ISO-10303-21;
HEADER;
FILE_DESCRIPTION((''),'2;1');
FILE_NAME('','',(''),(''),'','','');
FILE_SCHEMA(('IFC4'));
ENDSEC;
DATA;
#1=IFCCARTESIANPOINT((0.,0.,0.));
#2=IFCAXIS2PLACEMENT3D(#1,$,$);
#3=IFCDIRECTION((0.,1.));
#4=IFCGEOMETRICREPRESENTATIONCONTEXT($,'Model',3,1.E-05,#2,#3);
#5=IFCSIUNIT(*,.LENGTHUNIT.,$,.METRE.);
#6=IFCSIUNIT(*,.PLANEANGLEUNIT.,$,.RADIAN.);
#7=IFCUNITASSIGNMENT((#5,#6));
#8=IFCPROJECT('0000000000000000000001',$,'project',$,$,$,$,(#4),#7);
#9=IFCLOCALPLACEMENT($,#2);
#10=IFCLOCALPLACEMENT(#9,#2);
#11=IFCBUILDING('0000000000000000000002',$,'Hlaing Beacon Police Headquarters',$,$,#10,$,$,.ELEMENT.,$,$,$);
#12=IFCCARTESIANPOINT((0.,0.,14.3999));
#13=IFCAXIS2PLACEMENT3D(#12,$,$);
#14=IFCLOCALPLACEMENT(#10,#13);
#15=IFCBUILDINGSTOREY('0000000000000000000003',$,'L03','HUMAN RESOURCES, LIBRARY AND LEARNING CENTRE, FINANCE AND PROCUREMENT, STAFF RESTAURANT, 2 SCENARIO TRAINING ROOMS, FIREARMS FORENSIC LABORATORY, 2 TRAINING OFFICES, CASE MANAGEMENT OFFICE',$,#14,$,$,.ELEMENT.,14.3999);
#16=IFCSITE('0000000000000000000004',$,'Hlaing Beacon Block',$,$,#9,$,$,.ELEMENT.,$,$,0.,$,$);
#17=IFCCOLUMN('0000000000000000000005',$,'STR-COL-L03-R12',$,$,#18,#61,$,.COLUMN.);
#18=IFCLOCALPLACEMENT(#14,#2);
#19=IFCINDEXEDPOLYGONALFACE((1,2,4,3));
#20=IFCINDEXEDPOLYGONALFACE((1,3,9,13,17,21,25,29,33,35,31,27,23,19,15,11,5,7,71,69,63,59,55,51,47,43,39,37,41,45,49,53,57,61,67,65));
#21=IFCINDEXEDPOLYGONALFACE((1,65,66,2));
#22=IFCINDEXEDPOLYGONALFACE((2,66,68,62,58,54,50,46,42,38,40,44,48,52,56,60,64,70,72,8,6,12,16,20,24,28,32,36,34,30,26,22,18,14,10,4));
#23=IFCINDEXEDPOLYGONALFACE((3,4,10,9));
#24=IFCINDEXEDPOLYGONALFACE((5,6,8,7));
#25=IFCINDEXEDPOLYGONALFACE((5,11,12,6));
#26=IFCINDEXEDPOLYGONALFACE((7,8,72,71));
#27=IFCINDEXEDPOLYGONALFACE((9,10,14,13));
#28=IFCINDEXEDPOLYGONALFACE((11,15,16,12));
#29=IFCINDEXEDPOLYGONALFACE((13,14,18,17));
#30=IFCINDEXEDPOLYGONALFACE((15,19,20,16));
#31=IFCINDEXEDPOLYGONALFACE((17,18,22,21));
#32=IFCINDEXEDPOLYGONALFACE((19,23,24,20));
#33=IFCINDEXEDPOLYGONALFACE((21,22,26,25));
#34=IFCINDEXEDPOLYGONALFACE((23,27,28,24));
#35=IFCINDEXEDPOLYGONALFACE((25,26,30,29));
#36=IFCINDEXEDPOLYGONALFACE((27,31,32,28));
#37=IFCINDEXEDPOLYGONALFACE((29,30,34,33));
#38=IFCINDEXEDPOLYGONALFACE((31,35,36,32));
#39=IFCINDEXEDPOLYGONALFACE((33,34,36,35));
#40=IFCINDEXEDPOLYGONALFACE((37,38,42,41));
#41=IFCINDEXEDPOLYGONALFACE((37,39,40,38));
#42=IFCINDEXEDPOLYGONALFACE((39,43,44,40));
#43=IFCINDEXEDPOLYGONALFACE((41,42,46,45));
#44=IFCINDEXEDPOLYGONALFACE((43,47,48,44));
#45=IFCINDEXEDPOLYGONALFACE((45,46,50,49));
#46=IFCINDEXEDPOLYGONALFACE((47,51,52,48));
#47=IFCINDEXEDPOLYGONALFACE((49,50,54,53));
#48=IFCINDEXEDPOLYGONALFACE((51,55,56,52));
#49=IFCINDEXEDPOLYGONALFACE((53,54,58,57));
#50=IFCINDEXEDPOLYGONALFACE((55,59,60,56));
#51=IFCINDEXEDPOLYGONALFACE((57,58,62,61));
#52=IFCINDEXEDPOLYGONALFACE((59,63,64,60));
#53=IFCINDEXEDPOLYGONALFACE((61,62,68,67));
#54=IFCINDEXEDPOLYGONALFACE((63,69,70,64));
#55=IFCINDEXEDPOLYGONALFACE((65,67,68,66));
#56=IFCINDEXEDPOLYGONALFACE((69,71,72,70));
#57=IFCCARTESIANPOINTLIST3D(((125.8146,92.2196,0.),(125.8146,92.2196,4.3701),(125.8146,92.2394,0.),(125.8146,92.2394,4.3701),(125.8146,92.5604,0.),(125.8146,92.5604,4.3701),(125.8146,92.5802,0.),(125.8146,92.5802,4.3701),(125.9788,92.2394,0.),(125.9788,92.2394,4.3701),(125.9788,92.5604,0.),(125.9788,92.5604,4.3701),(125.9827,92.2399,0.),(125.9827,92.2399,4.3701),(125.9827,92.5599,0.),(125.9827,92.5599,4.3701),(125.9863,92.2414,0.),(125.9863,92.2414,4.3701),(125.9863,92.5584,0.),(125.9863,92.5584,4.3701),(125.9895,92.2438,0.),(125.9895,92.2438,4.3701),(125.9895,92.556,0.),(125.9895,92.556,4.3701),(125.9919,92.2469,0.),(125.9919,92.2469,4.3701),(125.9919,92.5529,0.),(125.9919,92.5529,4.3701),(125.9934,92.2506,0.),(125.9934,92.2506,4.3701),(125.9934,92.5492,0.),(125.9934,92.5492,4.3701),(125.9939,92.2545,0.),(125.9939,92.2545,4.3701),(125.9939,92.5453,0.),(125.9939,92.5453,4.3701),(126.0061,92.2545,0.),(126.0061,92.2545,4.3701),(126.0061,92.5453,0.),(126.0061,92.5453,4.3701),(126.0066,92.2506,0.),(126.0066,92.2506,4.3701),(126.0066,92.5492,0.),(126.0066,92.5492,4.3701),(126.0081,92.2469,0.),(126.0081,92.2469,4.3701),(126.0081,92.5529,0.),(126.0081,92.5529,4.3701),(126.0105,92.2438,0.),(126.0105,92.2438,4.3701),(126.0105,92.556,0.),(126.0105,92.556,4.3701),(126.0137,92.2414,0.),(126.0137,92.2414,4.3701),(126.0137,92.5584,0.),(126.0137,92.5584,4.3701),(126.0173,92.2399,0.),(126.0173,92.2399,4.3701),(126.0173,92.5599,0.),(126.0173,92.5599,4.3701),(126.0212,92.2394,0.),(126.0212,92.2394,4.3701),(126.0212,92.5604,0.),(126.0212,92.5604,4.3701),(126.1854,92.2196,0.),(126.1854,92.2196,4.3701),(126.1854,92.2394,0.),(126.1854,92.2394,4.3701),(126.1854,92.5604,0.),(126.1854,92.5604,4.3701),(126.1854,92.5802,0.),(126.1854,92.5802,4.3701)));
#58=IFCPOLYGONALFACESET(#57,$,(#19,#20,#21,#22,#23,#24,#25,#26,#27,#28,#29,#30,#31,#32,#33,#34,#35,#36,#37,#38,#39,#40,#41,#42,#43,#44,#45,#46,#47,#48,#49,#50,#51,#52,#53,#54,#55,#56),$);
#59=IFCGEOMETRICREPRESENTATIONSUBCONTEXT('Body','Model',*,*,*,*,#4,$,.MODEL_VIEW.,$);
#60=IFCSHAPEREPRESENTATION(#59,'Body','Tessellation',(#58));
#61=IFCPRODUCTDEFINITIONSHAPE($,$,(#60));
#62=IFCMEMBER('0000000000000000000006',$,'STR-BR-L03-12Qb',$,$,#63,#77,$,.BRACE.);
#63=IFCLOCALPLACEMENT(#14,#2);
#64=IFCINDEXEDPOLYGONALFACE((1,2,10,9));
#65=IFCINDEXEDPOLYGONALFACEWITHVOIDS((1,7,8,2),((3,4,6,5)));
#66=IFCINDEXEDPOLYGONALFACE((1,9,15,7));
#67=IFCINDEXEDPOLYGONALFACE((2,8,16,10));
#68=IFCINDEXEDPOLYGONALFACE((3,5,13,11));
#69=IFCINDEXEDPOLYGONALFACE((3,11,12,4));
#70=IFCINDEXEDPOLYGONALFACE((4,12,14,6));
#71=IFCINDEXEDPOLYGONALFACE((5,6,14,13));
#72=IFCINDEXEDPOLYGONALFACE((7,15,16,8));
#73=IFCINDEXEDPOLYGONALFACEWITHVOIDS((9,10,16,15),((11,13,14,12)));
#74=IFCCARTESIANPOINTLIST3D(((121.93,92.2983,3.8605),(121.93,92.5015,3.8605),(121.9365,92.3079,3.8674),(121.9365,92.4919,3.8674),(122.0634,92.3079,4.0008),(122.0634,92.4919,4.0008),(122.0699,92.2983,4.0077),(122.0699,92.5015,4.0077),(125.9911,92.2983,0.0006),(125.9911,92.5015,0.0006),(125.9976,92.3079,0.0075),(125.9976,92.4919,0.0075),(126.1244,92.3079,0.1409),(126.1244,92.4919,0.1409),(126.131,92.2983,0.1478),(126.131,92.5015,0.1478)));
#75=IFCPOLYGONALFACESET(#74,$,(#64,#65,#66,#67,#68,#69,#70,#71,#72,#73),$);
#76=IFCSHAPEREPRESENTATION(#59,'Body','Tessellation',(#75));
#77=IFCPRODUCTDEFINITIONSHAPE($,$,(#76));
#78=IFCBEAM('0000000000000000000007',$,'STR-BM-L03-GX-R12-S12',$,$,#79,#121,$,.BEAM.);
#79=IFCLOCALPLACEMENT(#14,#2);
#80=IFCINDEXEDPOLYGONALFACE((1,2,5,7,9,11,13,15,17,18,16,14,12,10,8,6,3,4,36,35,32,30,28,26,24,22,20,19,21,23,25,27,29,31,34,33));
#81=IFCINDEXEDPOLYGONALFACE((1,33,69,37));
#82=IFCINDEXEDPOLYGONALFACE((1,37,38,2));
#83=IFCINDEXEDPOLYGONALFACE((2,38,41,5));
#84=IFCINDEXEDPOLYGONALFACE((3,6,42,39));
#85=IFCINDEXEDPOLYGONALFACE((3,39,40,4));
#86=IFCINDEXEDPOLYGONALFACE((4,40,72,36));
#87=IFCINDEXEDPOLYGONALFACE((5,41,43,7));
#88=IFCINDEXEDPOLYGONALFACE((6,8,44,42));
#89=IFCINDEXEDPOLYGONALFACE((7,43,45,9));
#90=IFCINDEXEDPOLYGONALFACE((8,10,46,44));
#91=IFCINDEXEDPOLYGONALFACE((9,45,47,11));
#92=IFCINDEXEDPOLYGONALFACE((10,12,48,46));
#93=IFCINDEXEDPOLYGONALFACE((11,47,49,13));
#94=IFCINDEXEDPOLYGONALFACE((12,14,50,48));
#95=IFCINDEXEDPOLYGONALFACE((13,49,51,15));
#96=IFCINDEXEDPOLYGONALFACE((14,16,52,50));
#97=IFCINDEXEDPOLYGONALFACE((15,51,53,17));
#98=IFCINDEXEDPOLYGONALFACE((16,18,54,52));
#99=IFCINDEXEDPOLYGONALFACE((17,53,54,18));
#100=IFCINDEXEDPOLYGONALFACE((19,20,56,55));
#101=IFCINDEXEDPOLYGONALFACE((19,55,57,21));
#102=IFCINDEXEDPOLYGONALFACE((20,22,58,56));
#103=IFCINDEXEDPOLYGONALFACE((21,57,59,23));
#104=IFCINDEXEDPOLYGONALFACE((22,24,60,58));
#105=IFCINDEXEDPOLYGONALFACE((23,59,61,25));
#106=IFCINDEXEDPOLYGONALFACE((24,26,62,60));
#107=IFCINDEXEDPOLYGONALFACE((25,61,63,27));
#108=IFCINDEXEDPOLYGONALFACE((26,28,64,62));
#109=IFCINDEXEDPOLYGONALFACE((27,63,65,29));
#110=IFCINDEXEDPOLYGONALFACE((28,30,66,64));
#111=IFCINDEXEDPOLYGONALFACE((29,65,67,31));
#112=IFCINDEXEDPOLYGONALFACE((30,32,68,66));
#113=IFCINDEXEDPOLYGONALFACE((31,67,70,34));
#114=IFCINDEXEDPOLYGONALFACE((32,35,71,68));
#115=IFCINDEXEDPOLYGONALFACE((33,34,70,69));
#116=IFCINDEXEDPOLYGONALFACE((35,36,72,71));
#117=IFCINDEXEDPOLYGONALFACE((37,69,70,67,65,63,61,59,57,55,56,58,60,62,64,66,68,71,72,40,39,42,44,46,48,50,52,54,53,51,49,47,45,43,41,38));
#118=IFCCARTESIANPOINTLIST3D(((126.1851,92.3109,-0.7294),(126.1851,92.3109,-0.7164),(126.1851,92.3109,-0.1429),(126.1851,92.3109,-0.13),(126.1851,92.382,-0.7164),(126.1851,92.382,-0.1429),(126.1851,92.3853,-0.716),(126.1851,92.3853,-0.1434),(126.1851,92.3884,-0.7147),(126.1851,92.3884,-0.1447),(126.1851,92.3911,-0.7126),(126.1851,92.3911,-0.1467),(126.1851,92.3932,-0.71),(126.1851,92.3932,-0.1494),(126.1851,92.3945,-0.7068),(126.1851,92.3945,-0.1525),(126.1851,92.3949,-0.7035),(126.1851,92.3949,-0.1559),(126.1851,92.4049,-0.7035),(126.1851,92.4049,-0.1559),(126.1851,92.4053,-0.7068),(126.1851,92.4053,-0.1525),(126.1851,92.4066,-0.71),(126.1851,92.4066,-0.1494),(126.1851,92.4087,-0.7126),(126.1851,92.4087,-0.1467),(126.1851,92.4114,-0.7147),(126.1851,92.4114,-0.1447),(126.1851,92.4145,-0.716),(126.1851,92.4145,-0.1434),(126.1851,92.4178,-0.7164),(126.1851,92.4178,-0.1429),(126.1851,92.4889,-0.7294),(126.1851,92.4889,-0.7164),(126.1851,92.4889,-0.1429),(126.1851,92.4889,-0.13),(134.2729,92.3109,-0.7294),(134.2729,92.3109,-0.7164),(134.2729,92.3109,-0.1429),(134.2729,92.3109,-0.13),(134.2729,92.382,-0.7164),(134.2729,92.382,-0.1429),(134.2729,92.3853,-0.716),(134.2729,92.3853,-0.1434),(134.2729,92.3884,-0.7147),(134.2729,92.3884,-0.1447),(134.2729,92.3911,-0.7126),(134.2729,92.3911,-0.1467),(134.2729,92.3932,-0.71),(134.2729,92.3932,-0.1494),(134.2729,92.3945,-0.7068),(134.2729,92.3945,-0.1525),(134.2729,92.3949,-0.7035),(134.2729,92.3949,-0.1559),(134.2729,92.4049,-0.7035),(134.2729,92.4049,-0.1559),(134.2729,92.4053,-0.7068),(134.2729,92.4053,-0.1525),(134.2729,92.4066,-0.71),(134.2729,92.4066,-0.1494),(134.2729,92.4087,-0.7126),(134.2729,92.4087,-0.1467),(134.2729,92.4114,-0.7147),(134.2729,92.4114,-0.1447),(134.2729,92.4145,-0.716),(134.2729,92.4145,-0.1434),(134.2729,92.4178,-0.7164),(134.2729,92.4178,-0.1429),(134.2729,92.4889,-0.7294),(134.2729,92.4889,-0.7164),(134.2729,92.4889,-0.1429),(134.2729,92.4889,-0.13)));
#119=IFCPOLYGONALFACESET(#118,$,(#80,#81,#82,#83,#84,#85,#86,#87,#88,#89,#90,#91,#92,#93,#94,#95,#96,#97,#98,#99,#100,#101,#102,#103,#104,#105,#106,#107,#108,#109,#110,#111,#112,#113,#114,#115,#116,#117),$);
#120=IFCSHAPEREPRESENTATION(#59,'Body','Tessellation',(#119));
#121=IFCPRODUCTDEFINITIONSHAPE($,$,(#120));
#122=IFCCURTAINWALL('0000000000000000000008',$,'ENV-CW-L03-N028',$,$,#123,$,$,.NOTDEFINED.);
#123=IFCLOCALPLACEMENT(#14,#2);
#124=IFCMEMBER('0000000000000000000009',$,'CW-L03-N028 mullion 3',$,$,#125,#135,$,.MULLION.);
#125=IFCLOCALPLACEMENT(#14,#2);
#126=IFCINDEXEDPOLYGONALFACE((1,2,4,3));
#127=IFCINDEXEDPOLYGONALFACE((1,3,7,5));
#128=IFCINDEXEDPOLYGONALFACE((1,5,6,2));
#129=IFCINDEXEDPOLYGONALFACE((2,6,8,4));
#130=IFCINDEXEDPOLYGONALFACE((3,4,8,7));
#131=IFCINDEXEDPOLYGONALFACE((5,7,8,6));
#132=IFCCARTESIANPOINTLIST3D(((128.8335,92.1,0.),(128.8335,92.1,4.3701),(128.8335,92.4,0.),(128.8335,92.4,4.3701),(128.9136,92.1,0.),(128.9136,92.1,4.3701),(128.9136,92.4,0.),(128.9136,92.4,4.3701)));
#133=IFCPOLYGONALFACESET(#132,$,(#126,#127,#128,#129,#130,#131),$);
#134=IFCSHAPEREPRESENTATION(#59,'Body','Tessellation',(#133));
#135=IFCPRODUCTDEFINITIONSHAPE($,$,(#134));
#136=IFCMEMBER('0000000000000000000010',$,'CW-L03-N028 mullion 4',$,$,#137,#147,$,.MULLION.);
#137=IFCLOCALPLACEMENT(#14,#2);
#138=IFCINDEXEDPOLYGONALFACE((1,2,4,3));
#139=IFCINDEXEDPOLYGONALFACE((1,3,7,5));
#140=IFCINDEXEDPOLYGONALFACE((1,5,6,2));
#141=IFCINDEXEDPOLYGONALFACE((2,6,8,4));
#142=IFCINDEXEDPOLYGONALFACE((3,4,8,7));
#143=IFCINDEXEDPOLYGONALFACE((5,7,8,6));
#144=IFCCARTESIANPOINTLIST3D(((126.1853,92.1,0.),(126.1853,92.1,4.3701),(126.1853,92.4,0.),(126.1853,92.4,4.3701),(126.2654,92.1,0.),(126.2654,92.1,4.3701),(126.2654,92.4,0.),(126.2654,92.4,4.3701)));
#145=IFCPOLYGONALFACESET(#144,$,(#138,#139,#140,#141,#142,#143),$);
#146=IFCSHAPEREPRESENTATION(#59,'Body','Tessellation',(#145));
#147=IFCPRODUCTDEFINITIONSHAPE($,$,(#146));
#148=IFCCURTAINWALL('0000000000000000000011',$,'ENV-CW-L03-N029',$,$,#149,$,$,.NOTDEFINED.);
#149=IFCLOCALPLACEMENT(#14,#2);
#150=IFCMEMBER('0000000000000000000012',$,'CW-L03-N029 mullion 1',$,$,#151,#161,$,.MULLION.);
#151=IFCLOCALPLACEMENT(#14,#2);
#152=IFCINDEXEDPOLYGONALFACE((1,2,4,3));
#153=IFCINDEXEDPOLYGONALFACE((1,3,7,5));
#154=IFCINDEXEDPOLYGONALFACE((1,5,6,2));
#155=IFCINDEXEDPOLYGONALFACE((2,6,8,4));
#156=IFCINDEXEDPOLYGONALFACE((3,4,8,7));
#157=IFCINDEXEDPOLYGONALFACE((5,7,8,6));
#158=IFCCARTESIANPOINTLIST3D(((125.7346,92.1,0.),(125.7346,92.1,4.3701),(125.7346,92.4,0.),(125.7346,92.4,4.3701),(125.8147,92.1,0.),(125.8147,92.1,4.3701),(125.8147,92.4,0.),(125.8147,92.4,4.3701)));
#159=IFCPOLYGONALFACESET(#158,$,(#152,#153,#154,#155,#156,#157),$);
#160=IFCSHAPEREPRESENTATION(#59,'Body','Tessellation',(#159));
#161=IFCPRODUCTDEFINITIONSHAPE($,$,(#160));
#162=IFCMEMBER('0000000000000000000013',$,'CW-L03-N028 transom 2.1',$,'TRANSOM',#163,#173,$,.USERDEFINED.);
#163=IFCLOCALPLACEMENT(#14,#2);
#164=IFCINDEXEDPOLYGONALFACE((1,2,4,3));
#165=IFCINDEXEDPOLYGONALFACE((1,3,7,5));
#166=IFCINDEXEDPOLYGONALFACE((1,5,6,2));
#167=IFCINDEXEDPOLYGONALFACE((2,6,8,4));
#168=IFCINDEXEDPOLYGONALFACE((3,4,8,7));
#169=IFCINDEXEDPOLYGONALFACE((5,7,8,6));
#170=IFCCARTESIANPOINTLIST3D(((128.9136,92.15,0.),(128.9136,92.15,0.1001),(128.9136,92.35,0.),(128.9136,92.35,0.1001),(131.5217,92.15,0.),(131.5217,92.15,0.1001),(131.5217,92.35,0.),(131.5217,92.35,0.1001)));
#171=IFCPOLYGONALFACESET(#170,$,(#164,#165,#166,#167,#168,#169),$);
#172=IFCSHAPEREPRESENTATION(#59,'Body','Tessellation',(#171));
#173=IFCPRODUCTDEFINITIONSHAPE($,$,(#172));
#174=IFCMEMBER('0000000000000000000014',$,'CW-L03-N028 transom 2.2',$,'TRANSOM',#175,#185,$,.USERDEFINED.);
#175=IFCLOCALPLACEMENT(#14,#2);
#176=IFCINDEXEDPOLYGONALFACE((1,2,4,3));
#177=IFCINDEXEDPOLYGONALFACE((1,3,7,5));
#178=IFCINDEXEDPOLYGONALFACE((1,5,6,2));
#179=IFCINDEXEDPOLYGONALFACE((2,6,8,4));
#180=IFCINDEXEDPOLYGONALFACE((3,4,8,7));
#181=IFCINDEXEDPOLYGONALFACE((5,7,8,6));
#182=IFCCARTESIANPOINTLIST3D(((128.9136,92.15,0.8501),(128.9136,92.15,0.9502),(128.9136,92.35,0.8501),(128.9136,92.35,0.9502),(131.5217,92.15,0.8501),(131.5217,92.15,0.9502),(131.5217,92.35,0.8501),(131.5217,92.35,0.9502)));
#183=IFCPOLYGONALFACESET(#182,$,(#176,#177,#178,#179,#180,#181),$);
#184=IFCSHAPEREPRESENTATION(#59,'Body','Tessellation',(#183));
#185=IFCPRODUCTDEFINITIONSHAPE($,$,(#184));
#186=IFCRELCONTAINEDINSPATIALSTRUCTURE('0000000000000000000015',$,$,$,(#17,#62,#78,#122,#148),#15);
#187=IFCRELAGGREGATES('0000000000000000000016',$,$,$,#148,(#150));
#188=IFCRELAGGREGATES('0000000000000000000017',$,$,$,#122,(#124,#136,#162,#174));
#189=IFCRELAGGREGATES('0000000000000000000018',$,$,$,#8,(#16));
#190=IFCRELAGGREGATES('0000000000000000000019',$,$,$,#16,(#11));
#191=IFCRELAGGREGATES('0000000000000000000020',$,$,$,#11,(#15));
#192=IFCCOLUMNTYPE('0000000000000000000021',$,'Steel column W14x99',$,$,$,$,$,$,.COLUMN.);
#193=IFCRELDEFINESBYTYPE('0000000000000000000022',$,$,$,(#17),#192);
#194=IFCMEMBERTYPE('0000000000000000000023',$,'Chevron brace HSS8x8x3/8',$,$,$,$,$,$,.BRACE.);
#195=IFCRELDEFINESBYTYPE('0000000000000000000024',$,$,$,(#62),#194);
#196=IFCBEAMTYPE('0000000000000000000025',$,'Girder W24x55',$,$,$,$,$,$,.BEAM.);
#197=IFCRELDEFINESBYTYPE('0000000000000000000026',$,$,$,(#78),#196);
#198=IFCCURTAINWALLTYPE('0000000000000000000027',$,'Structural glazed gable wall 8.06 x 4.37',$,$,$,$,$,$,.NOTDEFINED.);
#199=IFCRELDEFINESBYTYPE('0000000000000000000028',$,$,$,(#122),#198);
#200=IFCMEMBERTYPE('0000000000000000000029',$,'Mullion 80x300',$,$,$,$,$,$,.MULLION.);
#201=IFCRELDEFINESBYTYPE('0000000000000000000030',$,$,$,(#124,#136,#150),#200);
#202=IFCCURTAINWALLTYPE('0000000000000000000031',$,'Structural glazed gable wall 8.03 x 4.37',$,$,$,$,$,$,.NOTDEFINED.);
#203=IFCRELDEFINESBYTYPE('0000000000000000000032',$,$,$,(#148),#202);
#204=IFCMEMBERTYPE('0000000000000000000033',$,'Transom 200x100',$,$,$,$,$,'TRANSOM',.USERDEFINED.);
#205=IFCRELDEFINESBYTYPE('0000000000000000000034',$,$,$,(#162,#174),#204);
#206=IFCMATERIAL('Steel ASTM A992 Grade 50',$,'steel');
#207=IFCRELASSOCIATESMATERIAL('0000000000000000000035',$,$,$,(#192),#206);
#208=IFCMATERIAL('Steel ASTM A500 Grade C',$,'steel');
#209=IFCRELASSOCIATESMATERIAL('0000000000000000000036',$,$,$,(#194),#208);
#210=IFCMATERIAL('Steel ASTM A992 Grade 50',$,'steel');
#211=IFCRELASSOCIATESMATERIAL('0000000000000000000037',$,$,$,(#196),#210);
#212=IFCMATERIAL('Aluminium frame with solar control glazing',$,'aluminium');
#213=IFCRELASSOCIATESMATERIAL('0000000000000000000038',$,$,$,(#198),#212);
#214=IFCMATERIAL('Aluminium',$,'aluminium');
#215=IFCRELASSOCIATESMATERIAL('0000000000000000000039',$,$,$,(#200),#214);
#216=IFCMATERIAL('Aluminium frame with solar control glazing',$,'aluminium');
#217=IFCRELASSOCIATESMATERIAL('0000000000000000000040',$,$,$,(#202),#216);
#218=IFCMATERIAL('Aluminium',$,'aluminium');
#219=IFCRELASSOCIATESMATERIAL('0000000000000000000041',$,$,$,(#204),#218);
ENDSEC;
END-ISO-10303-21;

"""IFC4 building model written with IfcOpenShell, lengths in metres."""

from ifc_helpers import new_model, si_unit, direction, frame, origin, origin_2d, place, context, subcontext, project, spatial, rectangle, hollow_rectangle, i_section, extrude, material, material_profile, profile_set, type_object, element, aggregate, save


model = new_model("IFC4")

# Units and contexts
model_context = context("Model", 3, precision=1e-05, world=origin(), true_north=direction((0.0, 1.0)))
body_context = subcontext(model_context, "Body", "Model", "MODEL_VIEW")
ifc_project = project(units=[si_unit("LENGTHUNIT", "METRE"), si_unit("PLANEANGLEUNIT", "RADIAN")], contexts=[model_context])

# Site, building, storey
site_placement = place(None, origin())
site = spatial("IfcSite", under=ifc_project, at=site_placement, Name="Hlaing Beacon Block", CompositionType="ELEMENT", RefElevation=0.0)
building_placement = place(site_placement, origin())
building = spatial("IfcBuilding", under=site, at=building_placement, Name="Hlaing Beacon Police Headquarters", CompositionType="ELEMENT")
storey_placement = place(building_placement, frame((0.0, 0.0, 14.3999)))
storey = spatial("IfcBuildingStorey", under=building, at=storey_placement, Name="L03", Description="HUMAN RESOURCES, LIBRARY AND LEARNING CENTRE, FINANCE AND PROCUREMENT, STAFF RESTAURANT, 2 SCENARIO TRAINING ROOMS, FIREARMS FORENSIC LABORATORY, 2 TRAINING OFFICES, CASE MANAGEMENT OFFICE", CompositionType="ELEMENT", Elevation=14.3999)

# Column
ifc_material_1 = material(Name="Steel ASTM A992 Grade 50", Category="steel")
ifc_material_profile_1 = material_profile(ifc_material_1, i_section(OverallWidth=0.3708, OverallDepth=0.3606, WebThickness=0.0122, FlangeThickness=0.0198, FilletRadius=0.0151, at=origin_2d()), Name="W14x99")
ifc_profile_set_1 = profile_set([ifc_material_profile_1], Name="Steel ASTM A992 Grade 50")
column_type = type_object("IfcColumnType", Name="Steel column W14x99", PredefinedType="COLUMN", material=ifc_profile_set_1)
column_placement = place(storey_placement, frame((126.0, 92.3999, 0.0), z_axis=(0.0, 0.0, 1.0), x_axis=(1.0, 0.0, 0.0)))
element("IfcColumn", 1, at=column_placement, inside=storey, type_object=column_type, Name="STR-COL-L03-R12", PredefinedType="COLUMN", context=body_context, shape_type="SweptSolid", body=[
    extrude(i_section(OverallWidth=0.3708, OverallDepth=0.3606, WebThickness=0.0122, FlangeThickness=0.0198, FilletRadius=0.0151, at=origin_2d()), origin(), (0.0, 0.0, 1.0), 4.3701),
])

# Member
ifc_material_2 = material(Name="Steel ASTM A500 Grade C", Category="steel")
ifc_material_profile_2 = material_profile(ifc_material_2, hollow_rectangle(XDim=0.2031, YDim=0.2031, WallThickness=0.0095, at=origin_2d()), Name="HSS8x8x3/8")
ifc_profile_set_2 = profile_set([ifc_material_profile_2], Name="Steel ASTM A500 Grade C")
member_type_1 = type_object("IfcMemberType", Name="Chevron brace HSS8x8x3/8", PredefinedType="BRACE", material=ifc_profile_set_2)
member_1_placement = place(storey_placement, frame((126.061, 92.3999, 0.0742), z_axis=(-0.724832, 0.0, 0.688926), x_axis=(0.0, -1.0, 0.0)))
element("IfcMember", 2, at=member_1_placement, inside=storey, type_object=member_type_1, Name="STR-BR-L03-12Qb", PredefinedType="BRACE", context=body_context, shape_type="SweptSolid", body=[
    extrude(hollow_rectangle(XDim=0.2031, YDim=0.2031, WallThickness=0.0095, at=origin_2d()), origin(), (0.0, 0.0, 1.0), 5.6028),
])

# Beam
ifc_material_3 = material(Name="Steel ASTM A992 Grade 50", Category="steel")
ifc_material_profile_3 = material_profile(ifc_material_3, i_section(OverallWidth=0.178, OverallDepth=0.5994, WebThickness=0.01, FlangeThickness=0.0129, FilletRadius=0.0129, at=origin_2d()), Name="W24x55")
ifc_profile_set_3 = profile_set([ifc_material_profile_3], Name="Steel ASTM A992 Grade 50")
beam_type = type_object("IfcBeamType", Name="Girder W24x55", PredefinedType="BEAM", material=ifc_profile_set_3)
beam_placement = place(storey_placement, frame((126.1851, 92.3999, -0.4297), z_axis=(1.0, 0.0, 0.0), x_axis=(0.0, 1.0, 0.0)))
element("IfcBeam", 3, at=beam_placement, inside=storey, type_object=beam_type, Name="STR-BM-L03-GX-R12-S12", PredefinedType="BEAM", context=body_context, shape_type="SweptSolid", body=[
    extrude(i_section(OverallWidth=0.178, OverallDepth=0.5994, WebThickness=0.01, FlangeThickness=0.0129, FilletRadius=0.0129, at=origin_2d()), origin(), (0.0, 0.0, 1.0), 8.0879),
])

# Curtain wall, members
ifc_material_4 = material(Name="Aluminium frame with solar control glazing", Category="aluminium")
curtain_wall_type_1 = type_object("IfcCurtainWallType", Name="Structural glazed gable wall 8.06 x 4.37", PredefinedType="NOTDEFINED", material=ifc_material_4)
curtain_wall_1_placement = place(storey_placement, origin())
curtain_wall_1 = element("IfcCurtainWall", 4, at=curtain_wall_1_placement, inside=storey, type_object=curtain_wall_type_1, Name="ENV-CW-L03-N028", PredefinedType="NOTDEFINED")
ifc_material_5 = material(Name="Aluminium", Category="aluminium")
ifc_material_profile_4 = material_profile(ifc_material_5, rectangle(XDim=0.3, YDim=0.0801, at=origin_2d()), Name="Mullion 80x300")
ifc_profile_set_4 = profile_set([ifc_material_profile_4], Name="Aluminium")
member_type_2 = type_object("IfcMemberType", Name="Mullion 80x300", PredefinedType="MULLION", material=ifc_profile_set_4)
member_2_placement = place(storey_placement, frame((128.8735, 92.25, 0.0), z_axis=(0.0, 0.0, 1.0), x_axis=(0.0, -1.0, 0.0)))
member_2 = element("IfcMember", 5, at=member_2_placement, type_object=member_type_2, Name="CW-L03-N028 mullion 3", PredefinedType="MULLION", context=body_context, shape_type="SweptSolid", body=[
    extrude(rectangle(XDim=0.3, YDim=0.0801, at=origin_2d()), origin(), (0.0, 0.0, 1.0), 4.3701),
])
member_3_placement = place(storey_placement, frame((126.2253, 92.25, 0.0), z_axis=(0.0, 0.0, 1.0), x_axis=(0.0, -1.0, 0.0)))
member_3 = element("IfcMember", 6, at=member_3_placement, type_object=member_type_2, Name="CW-L03-N028 mullion 4", PredefinedType="MULLION", context=body_context, shape_type="SweptSolid", body=[
    extrude(rectangle(XDim=0.3, YDim=0.0801, at=origin_2d()), origin(), (0.0, 0.0, 1.0), 4.3701),
])

# Curtain wall, member
ifc_material_6 = material(Name="Aluminium frame with solar control glazing", Category="aluminium")
curtain_wall_type_2 = type_object("IfcCurtainWallType", Name="Structural glazed gable wall 8.03 x 4.37", PredefinedType="NOTDEFINED", material=ifc_material_6)
curtain_wall_2_placement = place(storey_placement, origin())
curtain_wall_2 = element("IfcCurtainWall", 7, at=curtain_wall_2_placement, inside=storey, type_object=curtain_wall_type_2, Name="ENV-CW-L03-N029", PredefinedType="NOTDEFINED")
member_4_placement = place(storey_placement, frame((125.7747, 92.25, 0.0), z_axis=(0.0, 0.0, 1.0), x_axis=(0.0, -1.0, 0.0)))
member_4 = element("IfcMember", 8, at=member_4_placement, type_object=member_type_2, Name="CW-L03-N029 mullion 1", PredefinedType="MULLION", context=body_context, shape_type="SweptSolid", body=[
    extrude(rectangle(XDim=0.3, YDim=0.0801, at=origin_2d()), origin(), (0.0, 0.0, 1.0), 4.3701),
])

# Members
ifc_material_7 = material(Name="Aluminium", Category="aluminium")
ifc_material_profile_5 = material_profile(ifc_material_7, rectangle(XDim=0.2, YDim=0.1001, at=origin_2d()), Name="Transom 200x100")
ifc_profile_set_5 = profile_set([ifc_material_profile_5], Name="Aluminium")
member_type_3 = type_object("IfcMemberType", Name="Transom 200x100", ElementType="TRANSOM", PredefinedType="USERDEFINED", material=ifc_profile_set_5)
member_5_placement = place(storey_placement, frame((131.5217, 92.25, 0.05), z_axis=(-1.0, 0.0, 0.0), x_axis=(0.0, -1.0, 0.0)))
member_5 = element("IfcMember", 9, at=member_5_placement, type_object=member_type_3, Name="CW-L03-N028 transom 2.1", ObjectType="TRANSOM", PredefinedType="USERDEFINED", context=body_context, shape_type="SweptSolid", body=[
    extrude(rectangle(XDim=0.2, YDim=0.1001, at=origin_2d()), origin(), (0.0, 0.0, 1.0), 2.6082),
])
member_6_placement = place(storey_placement, frame((131.5217, 92.25, 0.9001), z_axis=(-1.0, 0.0, 0.0), x_axis=(0.0, -1.0, 0.0)))
member_6 = element("IfcMember", 10, at=member_6_placement, type_object=member_type_3, Name="CW-L03-N028 transom 2.2", ObjectType="TRANSOM", PredefinedType="USERDEFINED", context=body_context, shape_type="SweptSolid", body=[
    extrude(rectangle(XDim=0.2, YDim=0.1001, at=origin_2d()), origin(), (0.0, 0.0, 1.0), 2.6082),
])

aggregate(curtain_wall_2, [member_4])
aggregate(curtain_wall_1, [member_2, member_3, member_5, member_6])

save(model, "model.ifc")
